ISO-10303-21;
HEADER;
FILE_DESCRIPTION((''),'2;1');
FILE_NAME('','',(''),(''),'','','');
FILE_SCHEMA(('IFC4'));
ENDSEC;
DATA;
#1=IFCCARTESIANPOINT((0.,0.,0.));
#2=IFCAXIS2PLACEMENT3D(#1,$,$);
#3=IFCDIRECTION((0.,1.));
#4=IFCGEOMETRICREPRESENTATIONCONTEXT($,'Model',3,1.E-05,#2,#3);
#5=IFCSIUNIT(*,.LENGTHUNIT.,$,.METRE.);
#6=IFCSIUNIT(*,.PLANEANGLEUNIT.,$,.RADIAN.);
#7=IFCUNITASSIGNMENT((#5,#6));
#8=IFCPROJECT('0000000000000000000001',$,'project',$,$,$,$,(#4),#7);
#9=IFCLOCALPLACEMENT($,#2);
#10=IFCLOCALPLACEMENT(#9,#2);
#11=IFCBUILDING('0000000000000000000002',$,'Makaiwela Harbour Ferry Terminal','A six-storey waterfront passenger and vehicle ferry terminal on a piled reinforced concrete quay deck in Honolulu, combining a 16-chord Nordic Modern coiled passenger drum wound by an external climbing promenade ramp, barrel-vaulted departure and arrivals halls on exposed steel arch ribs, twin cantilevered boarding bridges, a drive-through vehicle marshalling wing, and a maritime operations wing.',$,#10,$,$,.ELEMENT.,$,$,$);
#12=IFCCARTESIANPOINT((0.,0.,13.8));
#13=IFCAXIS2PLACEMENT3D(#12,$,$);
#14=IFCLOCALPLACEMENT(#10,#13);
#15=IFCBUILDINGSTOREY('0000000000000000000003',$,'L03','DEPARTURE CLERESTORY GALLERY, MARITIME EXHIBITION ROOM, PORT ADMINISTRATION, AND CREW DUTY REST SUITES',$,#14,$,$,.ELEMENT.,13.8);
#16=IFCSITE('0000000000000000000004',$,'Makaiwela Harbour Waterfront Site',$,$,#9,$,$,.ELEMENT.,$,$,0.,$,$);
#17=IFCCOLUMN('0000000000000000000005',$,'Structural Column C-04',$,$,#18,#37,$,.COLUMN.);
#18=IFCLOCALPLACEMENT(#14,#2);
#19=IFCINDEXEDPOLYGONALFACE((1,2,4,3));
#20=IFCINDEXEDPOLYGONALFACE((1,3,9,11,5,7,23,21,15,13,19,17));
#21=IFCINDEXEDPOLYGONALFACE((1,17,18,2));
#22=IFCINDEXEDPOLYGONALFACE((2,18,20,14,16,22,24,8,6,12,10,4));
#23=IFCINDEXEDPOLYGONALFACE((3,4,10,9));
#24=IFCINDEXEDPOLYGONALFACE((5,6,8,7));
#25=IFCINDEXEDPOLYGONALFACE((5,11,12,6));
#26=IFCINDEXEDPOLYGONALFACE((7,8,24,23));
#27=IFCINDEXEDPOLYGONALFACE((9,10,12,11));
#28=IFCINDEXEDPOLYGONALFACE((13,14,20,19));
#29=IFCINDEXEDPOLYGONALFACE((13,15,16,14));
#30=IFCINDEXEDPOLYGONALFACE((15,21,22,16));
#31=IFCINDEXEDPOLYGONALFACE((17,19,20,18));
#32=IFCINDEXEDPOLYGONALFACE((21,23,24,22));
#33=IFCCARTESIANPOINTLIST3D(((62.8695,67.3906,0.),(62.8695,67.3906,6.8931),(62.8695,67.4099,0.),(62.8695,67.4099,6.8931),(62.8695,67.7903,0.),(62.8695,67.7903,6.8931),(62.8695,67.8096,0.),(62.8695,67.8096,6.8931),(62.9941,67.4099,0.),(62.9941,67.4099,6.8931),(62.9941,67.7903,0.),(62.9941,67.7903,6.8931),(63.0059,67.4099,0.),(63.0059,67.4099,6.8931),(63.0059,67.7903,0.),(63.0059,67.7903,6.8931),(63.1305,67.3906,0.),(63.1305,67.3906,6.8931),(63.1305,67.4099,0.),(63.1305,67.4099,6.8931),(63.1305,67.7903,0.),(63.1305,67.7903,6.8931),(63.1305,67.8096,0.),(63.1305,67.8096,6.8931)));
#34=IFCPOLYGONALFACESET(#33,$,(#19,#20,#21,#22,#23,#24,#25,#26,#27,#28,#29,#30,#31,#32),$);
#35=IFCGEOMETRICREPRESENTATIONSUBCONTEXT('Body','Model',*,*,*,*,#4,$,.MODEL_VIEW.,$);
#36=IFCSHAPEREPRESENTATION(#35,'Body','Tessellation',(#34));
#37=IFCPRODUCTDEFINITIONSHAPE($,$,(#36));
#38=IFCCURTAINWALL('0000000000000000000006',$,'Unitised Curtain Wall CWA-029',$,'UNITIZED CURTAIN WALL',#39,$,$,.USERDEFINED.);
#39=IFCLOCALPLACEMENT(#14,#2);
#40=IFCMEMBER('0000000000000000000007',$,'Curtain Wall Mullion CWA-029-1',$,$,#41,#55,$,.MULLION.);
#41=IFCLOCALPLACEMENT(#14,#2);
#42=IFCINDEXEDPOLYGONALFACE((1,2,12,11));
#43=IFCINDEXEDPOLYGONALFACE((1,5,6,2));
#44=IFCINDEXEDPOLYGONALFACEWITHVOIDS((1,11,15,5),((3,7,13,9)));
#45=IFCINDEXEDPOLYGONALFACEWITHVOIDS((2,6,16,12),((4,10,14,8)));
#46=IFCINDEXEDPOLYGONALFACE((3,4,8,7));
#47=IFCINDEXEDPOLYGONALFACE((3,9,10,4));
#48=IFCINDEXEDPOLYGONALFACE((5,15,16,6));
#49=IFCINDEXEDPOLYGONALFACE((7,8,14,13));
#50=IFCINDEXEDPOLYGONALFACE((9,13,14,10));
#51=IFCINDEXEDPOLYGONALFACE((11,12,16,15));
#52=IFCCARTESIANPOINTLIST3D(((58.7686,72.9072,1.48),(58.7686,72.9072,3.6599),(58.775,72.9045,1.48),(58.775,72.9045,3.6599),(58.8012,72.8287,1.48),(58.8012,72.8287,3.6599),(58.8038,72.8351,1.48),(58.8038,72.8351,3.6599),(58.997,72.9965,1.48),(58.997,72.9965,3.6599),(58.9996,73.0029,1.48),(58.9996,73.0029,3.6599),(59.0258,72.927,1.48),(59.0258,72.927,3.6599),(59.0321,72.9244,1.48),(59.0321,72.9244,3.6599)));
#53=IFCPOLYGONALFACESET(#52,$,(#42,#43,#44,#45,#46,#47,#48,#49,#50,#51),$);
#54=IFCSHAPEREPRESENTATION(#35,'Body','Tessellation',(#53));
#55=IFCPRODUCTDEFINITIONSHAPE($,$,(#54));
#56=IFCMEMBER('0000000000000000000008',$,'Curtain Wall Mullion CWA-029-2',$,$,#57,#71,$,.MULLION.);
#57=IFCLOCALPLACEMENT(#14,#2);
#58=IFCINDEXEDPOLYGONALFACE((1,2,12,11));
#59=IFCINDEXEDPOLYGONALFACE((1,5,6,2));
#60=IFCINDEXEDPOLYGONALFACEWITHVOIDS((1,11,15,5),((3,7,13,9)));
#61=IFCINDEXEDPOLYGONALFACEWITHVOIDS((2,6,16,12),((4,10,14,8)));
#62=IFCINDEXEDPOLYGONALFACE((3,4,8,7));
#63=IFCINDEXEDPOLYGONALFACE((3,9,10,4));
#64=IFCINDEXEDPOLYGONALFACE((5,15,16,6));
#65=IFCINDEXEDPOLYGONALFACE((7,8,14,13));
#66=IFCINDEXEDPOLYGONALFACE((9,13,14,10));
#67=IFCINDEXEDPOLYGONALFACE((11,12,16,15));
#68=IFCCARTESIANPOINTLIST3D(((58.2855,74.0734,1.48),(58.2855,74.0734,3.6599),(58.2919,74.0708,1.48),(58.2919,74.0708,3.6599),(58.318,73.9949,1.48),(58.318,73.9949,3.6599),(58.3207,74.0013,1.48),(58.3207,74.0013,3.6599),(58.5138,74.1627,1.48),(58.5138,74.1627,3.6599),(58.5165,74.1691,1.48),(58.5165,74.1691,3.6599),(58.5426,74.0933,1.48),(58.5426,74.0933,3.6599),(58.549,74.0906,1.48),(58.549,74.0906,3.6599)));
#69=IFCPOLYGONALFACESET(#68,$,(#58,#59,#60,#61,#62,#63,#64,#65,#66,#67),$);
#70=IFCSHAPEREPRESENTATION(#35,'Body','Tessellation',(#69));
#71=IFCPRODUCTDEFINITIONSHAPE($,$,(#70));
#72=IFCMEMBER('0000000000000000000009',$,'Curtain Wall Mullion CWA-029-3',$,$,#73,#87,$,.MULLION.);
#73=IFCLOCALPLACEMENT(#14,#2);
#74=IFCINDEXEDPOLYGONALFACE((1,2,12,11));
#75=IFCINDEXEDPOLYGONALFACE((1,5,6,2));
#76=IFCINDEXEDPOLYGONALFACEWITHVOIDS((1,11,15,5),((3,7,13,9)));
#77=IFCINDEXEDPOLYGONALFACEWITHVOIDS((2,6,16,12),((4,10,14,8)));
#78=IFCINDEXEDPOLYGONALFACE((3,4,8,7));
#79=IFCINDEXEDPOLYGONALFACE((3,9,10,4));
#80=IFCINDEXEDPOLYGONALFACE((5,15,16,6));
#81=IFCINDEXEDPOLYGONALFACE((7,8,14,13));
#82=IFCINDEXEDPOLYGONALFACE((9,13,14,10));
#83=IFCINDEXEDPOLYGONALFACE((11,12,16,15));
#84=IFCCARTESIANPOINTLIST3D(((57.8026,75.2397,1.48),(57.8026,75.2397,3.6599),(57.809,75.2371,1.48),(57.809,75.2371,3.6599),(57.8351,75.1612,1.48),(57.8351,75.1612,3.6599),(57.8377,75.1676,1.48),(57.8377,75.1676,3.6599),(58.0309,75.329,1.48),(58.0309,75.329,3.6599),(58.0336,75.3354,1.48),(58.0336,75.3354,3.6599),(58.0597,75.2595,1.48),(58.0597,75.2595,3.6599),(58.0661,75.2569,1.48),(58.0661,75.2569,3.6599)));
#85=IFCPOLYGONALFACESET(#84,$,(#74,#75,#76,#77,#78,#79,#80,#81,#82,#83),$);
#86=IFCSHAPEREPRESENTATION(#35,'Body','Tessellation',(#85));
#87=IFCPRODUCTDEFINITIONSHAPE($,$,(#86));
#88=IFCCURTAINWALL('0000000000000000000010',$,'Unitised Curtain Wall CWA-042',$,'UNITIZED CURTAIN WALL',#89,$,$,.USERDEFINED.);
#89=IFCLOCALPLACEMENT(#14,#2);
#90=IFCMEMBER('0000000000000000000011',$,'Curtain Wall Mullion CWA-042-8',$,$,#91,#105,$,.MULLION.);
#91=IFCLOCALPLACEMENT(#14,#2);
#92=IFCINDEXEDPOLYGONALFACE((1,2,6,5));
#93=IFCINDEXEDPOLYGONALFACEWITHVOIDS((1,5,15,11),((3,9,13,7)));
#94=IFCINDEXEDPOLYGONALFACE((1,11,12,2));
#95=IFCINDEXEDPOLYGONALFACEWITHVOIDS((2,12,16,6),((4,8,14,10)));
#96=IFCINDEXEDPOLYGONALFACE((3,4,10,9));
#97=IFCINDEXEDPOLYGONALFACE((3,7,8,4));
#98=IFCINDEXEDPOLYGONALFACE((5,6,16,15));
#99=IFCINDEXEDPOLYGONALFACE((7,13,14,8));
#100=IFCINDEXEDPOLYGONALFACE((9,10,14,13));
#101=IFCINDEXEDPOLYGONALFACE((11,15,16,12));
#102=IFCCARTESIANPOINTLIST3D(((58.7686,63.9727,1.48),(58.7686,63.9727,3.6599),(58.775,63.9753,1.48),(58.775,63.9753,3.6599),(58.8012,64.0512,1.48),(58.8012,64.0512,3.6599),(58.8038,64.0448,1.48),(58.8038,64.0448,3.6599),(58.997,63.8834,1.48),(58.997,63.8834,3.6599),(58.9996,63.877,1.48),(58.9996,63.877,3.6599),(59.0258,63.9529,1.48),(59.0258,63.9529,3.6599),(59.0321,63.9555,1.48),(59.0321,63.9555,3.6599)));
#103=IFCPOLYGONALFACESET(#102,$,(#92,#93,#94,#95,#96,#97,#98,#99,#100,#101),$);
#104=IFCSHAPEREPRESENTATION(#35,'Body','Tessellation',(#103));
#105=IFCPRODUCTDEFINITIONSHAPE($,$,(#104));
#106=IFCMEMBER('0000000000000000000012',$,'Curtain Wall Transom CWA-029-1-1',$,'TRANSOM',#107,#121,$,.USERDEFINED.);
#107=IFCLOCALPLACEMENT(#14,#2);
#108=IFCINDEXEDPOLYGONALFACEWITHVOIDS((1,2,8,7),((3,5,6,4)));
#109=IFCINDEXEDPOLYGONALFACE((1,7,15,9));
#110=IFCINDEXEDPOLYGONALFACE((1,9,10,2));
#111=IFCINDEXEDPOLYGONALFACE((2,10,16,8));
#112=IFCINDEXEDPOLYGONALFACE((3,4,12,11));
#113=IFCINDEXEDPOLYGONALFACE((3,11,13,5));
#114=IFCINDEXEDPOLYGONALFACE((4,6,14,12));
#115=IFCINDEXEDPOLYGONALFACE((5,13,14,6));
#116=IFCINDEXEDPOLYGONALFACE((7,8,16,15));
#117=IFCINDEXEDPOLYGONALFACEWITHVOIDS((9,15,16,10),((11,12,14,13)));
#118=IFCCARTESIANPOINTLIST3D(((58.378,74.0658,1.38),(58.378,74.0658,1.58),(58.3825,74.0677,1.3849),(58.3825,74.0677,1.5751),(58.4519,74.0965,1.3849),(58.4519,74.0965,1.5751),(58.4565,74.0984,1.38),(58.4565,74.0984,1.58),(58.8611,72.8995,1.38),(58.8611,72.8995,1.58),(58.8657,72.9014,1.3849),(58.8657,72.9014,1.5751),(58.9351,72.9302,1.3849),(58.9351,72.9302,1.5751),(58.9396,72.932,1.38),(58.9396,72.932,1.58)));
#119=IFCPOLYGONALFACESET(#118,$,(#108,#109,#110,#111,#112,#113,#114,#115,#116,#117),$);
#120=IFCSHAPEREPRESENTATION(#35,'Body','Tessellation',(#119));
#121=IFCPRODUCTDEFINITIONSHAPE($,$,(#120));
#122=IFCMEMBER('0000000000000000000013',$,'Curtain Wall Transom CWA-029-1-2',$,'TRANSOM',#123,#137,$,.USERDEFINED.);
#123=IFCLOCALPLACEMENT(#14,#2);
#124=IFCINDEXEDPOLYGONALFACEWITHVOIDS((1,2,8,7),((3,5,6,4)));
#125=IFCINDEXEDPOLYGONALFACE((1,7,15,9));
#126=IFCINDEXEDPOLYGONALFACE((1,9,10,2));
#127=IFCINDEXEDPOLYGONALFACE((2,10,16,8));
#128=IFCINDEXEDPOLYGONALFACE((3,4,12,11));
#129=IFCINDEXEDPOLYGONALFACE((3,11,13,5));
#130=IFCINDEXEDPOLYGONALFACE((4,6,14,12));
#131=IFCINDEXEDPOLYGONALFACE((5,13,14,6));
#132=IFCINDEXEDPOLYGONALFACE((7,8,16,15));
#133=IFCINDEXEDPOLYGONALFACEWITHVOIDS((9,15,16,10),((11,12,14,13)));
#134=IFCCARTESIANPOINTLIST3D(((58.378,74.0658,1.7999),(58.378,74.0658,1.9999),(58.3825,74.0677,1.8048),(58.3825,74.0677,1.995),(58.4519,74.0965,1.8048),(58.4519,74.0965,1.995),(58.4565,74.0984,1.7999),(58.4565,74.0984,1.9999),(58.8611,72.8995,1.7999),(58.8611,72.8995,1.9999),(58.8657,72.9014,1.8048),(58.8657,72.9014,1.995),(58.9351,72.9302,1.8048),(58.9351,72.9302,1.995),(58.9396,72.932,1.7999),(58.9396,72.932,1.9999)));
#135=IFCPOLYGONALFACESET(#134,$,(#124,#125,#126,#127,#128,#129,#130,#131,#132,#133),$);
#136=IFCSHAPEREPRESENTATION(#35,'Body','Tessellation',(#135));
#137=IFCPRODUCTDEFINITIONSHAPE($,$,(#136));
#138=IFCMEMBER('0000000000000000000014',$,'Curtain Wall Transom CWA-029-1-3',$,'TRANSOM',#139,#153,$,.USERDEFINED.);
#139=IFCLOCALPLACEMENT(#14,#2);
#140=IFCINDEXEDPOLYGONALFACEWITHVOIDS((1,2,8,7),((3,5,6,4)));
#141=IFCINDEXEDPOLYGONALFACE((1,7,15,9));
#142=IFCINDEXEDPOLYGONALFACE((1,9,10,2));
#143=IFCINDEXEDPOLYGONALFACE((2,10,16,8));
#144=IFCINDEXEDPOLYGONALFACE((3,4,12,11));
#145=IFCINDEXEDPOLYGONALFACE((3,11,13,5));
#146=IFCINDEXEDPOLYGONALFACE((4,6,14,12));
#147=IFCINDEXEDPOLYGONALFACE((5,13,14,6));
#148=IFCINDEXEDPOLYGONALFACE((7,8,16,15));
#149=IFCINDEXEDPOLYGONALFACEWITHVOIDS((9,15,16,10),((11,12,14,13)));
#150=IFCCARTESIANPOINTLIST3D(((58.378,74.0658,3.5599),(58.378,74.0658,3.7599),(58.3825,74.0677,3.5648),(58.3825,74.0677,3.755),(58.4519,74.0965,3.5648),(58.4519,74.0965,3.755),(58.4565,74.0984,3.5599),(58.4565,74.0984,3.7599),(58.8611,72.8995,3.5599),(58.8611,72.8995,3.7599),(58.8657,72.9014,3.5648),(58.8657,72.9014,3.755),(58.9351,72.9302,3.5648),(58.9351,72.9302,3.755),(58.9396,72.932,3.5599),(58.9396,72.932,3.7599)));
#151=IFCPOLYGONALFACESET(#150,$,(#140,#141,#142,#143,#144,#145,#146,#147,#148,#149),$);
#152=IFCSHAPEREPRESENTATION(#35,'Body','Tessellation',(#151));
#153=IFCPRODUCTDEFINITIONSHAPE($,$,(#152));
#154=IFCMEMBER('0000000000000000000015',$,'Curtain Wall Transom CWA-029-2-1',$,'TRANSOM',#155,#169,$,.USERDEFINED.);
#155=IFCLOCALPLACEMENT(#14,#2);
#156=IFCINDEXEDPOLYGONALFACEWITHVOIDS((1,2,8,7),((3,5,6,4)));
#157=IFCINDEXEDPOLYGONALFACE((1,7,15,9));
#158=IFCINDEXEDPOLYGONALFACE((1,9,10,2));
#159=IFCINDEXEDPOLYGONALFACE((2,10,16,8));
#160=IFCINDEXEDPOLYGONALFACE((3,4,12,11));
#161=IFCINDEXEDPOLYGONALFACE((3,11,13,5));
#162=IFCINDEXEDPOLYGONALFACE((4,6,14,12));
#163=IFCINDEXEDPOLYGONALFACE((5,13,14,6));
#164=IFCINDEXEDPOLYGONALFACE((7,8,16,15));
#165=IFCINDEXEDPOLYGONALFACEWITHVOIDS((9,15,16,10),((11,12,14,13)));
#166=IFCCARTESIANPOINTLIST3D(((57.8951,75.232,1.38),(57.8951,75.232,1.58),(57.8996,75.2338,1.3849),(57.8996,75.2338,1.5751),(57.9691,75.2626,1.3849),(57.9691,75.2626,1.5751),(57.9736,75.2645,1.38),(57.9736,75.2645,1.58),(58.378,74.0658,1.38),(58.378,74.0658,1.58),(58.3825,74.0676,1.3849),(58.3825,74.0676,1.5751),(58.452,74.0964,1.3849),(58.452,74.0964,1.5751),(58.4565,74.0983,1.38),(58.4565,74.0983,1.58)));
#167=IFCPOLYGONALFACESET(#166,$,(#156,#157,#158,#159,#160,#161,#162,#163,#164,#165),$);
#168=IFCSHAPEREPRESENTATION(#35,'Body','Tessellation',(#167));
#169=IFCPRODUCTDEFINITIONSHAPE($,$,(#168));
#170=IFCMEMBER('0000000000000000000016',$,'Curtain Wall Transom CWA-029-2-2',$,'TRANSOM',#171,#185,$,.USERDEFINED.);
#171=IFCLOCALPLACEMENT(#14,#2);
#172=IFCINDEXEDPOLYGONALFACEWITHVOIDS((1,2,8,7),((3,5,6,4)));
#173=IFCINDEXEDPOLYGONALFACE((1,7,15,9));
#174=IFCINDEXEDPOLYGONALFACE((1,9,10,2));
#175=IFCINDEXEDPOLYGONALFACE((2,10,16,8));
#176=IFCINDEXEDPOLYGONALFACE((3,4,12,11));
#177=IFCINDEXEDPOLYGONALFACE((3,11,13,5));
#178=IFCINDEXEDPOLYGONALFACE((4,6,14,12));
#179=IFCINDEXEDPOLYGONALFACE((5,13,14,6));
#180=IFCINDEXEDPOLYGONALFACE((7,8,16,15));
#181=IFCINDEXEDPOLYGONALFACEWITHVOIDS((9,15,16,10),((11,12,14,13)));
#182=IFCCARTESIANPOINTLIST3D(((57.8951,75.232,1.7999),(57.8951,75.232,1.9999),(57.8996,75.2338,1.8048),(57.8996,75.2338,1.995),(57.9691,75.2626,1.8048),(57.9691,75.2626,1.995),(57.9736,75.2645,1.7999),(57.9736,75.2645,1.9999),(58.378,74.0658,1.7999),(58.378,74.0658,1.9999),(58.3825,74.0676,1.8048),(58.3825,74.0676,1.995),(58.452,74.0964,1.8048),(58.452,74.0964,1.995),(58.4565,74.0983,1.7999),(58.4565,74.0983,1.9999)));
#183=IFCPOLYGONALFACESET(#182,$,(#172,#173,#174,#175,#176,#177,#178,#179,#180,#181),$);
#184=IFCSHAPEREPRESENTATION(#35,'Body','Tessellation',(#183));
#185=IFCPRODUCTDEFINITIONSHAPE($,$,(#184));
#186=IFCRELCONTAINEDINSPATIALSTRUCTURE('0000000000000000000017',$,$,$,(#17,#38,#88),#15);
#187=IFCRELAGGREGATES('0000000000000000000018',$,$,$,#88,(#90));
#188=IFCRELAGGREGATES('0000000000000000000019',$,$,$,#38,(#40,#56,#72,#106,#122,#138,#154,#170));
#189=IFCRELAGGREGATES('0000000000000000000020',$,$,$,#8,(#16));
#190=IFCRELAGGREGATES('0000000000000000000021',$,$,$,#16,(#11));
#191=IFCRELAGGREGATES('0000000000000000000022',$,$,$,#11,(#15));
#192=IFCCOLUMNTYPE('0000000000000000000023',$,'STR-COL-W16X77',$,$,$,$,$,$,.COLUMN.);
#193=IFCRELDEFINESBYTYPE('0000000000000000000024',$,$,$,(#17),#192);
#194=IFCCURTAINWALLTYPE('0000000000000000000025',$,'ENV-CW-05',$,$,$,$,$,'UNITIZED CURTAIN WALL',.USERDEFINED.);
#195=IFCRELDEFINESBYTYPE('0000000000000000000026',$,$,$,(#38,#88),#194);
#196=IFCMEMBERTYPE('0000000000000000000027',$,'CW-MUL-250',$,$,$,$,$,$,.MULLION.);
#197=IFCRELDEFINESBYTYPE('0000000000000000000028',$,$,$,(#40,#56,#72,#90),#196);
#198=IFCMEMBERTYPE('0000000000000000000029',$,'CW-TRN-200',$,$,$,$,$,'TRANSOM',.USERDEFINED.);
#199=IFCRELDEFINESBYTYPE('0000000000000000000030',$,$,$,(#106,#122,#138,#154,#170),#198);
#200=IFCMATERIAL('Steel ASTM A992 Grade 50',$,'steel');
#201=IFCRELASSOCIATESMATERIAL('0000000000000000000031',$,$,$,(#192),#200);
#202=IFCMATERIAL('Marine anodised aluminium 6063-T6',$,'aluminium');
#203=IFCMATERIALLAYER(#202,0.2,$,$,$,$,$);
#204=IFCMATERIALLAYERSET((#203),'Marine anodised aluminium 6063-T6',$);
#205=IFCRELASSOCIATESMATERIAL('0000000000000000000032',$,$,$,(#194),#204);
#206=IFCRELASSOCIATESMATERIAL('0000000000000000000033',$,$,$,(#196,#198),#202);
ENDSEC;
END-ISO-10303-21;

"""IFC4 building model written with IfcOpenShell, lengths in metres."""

from ifc_helpers import new_model, si_unit, direction, frame, origin, origin_2d, place, context, subcontext, project, spatial, hollow_rectangle, i_section, extrude, material, layer, layer_set, material_profile, profile_set, type_object, element, aggregate, save


model = new_model("IFC4")

# Units and contexts
model_context = context("Model", 3, precision=1e-05, world=origin(), true_north=direction((0.0, 1.0)))
body_context = subcontext(model_context, "Body", "Model", "MODEL_VIEW")
ifc_project = project(units=[si_unit("LENGTHUNIT", "METRE"), si_unit("PLANEANGLEUNIT", "RADIAN")], contexts=[model_context])

# Site, building, storey
site_placement = place(None, origin())
site = spatial("IfcSite", under=ifc_project, at=site_placement, Name="Makaiwela Harbour Waterfront Site", CompositionType="ELEMENT", RefElevation=0.0)
building_placement = place(site_placement, origin())
building = spatial("IfcBuilding", under=site, at=building_placement, Name="Makaiwela Harbour Ferry Terminal", Description="A six-storey waterfront passenger and vehicle ferry terminal on a piled reinforced concrete quay deck in Honolulu, combining a 16-chord Nordic Modern coiled passenger drum wound by an external climbing promenade ramp, barrel-vaulted departure and arrivals halls on exposed steel arch ribs, twin cantilevered boarding bridges, a drive-through vehicle marshalling wing, and a maritime operations wing.", CompositionType="ELEMENT")
storey_placement = place(building_placement, frame((0.0, 0.0, 13.8)))
storey = spatial("IfcBuildingStorey", under=building, at=storey_placement, Name="L03", Description="DEPARTURE CLERESTORY GALLERY, MARITIME EXHIBITION ROOM, PORT ADMINISTRATION, AND CREW DUTY REST SUITES", CompositionType="ELEMENT", Elevation=13.8)

# Column
ifc_material_1 = material(Name="Steel ASTM A992 Grade 50", Category="steel")
ifc_material_profile_1 = material_profile(ifc_material_1, i_section(OverallWidth=0.261, OverallDepth=0.4189, WebThickness=0.0117, FlangeThickness=0.0193, at=origin_2d()), Name="W16X77")
ifc_profile_set_1 = profile_set([ifc_material_profile_1], Name="Steel ASTM A992 Grade 50")
column_type = type_object("IfcColumnType", Name="STR-COL-W16X77", PredefinedType="COLUMN", material=ifc_profile_set_1)
column_placement = place(storey_placement, frame((63.0, 67.6001, 0.0), z_axis=(0.0, 0.0, 1.0), x_axis=(1.0, 0.0, 0.0)))
element("IfcColumn", 1, at=column_placement, inside=storey, type_object=column_type, Name="Structural Column C-04", PredefinedType="COLUMN", context=body_context, shape_type="SweptSolid", body=[
    extrude(i_section(OverallWidth=0.261, OverallDepth=0.4189, WebThickness=0.0117, FlangeThickness=0.0193, at=origin_2d()), origin(), (0.0, 0.0, 1.0), 6.8931),
])

# Curtain wall, members
ifc_material_2 = material(Name="Marine anodised aluminium 6063-T6", Category="aluminium")
ifc_layer_1 = layer(ifc_material_2, 0.2)
ifc_layer_set_1 = layer_set([ifc_layer_1], Name="Marine anodised aluminium 6063-T6")
curtain_wall_type = type_object("IfcCurtainWallType", Name="ENV-CW-05", ElementType="UNITIZED CURTAIN WALL", PredefinedType="USERDEFINED", material=ifc_layer_set_1)
curtain_wall_1_placement = place(storey_placement, origin())
curtain_wall_1 = element("IfcCurtainWall", 2, at=curtain_wall_1_placement, inside=storey, type_object=curtain_wall_type, Name="Unitised Curtain Wall CWA-029", ObjectType="UNITIZED CURTAIN WALL", PredefinedType="USERDEFINED")
ifc_material_profile_2 = material_profile(ifc_material_2, hollow_rectangle(XDim=0.085, YDim=0.25, WallThickness=0.0049, at=origin_2d()), Name="CWM-250X85")
ifc_profile_set_2 = profile_set([ifc_material_profile_2], Name="Marine anodised aluminium 6063-T6")
member_type_1 = type_object("IfcMemberType", Name="CW-MUL-250", PredefinedType="MULLION", material=ifc_profile_set_2)
member_1_placement = place(storey_placement, frame((58.9004, 72.9158, 1.48), z_axis=(0.0, 0.0, 1.0), x_axis=(-0.382683, 0.92388, 0.0)))
member_1 = element("IfcMember", 3, at=member_1_placement, type_object=member_type_1, Name="Curtain Wall Mullion CWA-029-1", PredefinedType="MULLION", context=body_context, shape_type="SweptSolid", body=[
    extrude(hollow_rectangle(XDim=0.085, YDim=0.25, WallThickness=0.0049, at=origin_2d()), origin(), (0.0, 0.0, 1.0), 2.1799),
])
member_2_placement = place(storey_placement, frame((58.4172, 74.082, 1.48), z_axis=(0.0, 0.0, 1.0), x_axis=(-0.382683, 0.92388, 0.0)))
member_2 = element("IfcMember", 4, at=member_2_placement, type_object=member_type_1, Name="Curtain Wall Mullion CWA-029-2", PredefinedType="MULLION", context=body_context, shape_type="SweptSolid", body=[
    extrude(hollow_rectangle(XDim=0.085, YDim=0.25, WallThickness=0.0049, at=origin_2d()), origin(), (0.0, 0.0, 1.0), 2.1799),
])
member_3_placement = place(storey_placement, frame((57.9343, 75.2483, 1.48), z_axis=(0.0, 0.0, 1.0), x_axis=(-0.382683, 0.92388, 0.0)))
member_3 = element("IfcMember", 5, at=member_3_placement, type_object=member_type_1, Name="Curtain Wall Mullion CWA-029-3", PredefinedType="MULLION", context=body_context, shape_type="SweptSolid", body=[
    extrude(hollow_rectangle(XDim=0.085, YDim=0.25, WallThickness=0.0049, at=origin_2d()), origin(), (0.0, 0.0, 1.0), 2.1799),
])

# Curtain wall, member
curtain_wall_2_placement = place(storey_placement, origin())
curtain_wall_2 = element("IfcCurtainWall", 6, at=curtain_wall_2_placement, inside=storey, type_object=curtain_wall_type, Name="Unitised Curtain Wall CWA-042", ObjectType="UNITIZED CURTAIN WALL", PredefinedType="USERDEFINED")
member_4_placement = place(storey_placement, frame((58.9004, 63.9641, 1.48), z_axis=(0.0, 0.0, 1.0), x_axis=(0.382683, 0.92388, 0.0)))
member_4 = element("IfcMember", 7, at=member_4_placement, type_object=member_type_1, Name="Curtain Wall Mullion CWA-042-8", PredefinedType="MULLION", context=body_context, shape_type="SweptSolid", body=[
    extrude(hollow_rectangle(XDim=0.085, YDim=0.25, WallThickness=0.0049, at=origin_2d()), origin(), (0.0, 0.0, 1.0), 2.1799),
])
aggregate(curtain_wall_2, [member_4])

# Members
ifc_material_profile_3 = material_profile(ifc_material_2, hollow_rectangle(XDim=0.085, YDim=0.2, WallThickness=0.0049, at=origin_2d()), Name="CWT-200X85")
ifc_profile_set_3 = profile_set([ifc_material_profile_3], Name="Marine anodised aluminium 6063-T6")
member_type_2 = type_object("IfcMemberType", Name="CW-TRN-200", ElementType="TRANSOM", PredefinedType="USERDEFINED", material=ifc_profile_set_3)
member_5_placement = place(storey_placement, frame((58.9004, 72.9158, 1.48), z_axis=(-0.382733, 0.923859, 0.0), x_axis=(-0.923859, -0.382733, 0.0)))
member_5 = element("IfcMember", 8, at=member_5_placement, type_object=member_type_2, Name="Curtain Wall Transom CWA-029-1-1", ObjectType="TRANSOM", PredefinedType="USERDEFINED", context=body_context, shape_type="SweptSolid", body=[
    extrude(hollow_rectangle(XDim=0.085, YDim=0.2, WallThickness=0.0049, at=origin_2d()), origin(), (0.0, 0.0, 1.0), 1.2625),
])
member_6_placement = place(storey_placement, frame((58.9004, 72.9158, 1.8999), z_axis=(-0.382733, 0.923859, 0.0), x_axis=(-0.923859, -0.382733, 0.0)))
member_6 = element("IfcMember", 9, at=member_6_placement, type_object=member_type_2, Name="Curtain Wall Transom CWA-029-1-2", ObjectType="TRANSOM", PredefinedType="USERDEFINED", context=body_context, shape_type="SweptSolid", body=[
    extrude(hollow_rectangle(XDim=0.085, YDim=0.2, WallThickness=0.0049, at=origin_2d()), origin(), (0.0, 0.0, 1.0), 1.2625),
])
member_7_placement = place(storey_placement, frame((58.9004, 72.9158, 3.6599), z_axis=(-0.382733, 0.923859, 0.0), x_axis=(-0.923859, -0.382733, 0.0)))
member_7 = element("IfcMember", 10, at=member_7_placement, type_object=member_type_2, Name="Curtain Wall Transom CWA-029-1-3", ObjectType="TRANSOM", PredefinedType="USERDEFINED", context=body_context, shape_type="SweptSolid", body=[
    extrude(hollow_rectangle(XDim=0.085, YDim=0.2, WallThickness=0.0049, at=origin_2d()), origin(), (0.0, 0.0, 1.0), 1.2625),
])
member_8_placement = place(storey_placement, frame((58.4172, 74.082, 1.48), z_axis=(-0.382568, 0.923927, 0.0), x_axis=(-0.923927, -0.382568, 0.0)))
member_8 = element("IfcMember", 11, at=member_8_placement, type_object=member_type_2, Name="Curtain Wall Transom CWA-029-2-1", ObjectType="TRANSOM", PredefinedType="USERDEFINED", context=body_context, shape_type="SweptSolid", body=[
    extrude(hollow_rectangle(XDim=0.085, YDim=0.2, WallThickness=0.0049, at=origin_2d()), origin(), (0.0, 0.0, 1.0), 1.2622),
])
member_9_placement = place(storey_placement, frame((58.4172, 74.082, 1.8999), z_axis=(-0.382568, 0.923927, 0.0), x_axis=(-0.923927, -0.382568, 0.0)))
member_9 = element("IfcMember", 12, at=member_9_placement, type_object=member_type_2, Name="Curtain Wall Transom CWA-029-2-2", ObjectType="TRANSOM", PredefinedType="USERDEFINED", context=body_context, shape_type="SweptSolid", body=[
    extrude(hollow_rectangle(XDim=0.085, YDim=0.2, WallThickness=0.0049, at=origin_2d()), origin(), (0.0, 0.0, 1.0), 1.2622),
])

aggregate(curtain_wall_1, [member_1, member_2, member_3, member_5, member_6, member_7, member_8, member_9])

save(model, "model.ifc")
